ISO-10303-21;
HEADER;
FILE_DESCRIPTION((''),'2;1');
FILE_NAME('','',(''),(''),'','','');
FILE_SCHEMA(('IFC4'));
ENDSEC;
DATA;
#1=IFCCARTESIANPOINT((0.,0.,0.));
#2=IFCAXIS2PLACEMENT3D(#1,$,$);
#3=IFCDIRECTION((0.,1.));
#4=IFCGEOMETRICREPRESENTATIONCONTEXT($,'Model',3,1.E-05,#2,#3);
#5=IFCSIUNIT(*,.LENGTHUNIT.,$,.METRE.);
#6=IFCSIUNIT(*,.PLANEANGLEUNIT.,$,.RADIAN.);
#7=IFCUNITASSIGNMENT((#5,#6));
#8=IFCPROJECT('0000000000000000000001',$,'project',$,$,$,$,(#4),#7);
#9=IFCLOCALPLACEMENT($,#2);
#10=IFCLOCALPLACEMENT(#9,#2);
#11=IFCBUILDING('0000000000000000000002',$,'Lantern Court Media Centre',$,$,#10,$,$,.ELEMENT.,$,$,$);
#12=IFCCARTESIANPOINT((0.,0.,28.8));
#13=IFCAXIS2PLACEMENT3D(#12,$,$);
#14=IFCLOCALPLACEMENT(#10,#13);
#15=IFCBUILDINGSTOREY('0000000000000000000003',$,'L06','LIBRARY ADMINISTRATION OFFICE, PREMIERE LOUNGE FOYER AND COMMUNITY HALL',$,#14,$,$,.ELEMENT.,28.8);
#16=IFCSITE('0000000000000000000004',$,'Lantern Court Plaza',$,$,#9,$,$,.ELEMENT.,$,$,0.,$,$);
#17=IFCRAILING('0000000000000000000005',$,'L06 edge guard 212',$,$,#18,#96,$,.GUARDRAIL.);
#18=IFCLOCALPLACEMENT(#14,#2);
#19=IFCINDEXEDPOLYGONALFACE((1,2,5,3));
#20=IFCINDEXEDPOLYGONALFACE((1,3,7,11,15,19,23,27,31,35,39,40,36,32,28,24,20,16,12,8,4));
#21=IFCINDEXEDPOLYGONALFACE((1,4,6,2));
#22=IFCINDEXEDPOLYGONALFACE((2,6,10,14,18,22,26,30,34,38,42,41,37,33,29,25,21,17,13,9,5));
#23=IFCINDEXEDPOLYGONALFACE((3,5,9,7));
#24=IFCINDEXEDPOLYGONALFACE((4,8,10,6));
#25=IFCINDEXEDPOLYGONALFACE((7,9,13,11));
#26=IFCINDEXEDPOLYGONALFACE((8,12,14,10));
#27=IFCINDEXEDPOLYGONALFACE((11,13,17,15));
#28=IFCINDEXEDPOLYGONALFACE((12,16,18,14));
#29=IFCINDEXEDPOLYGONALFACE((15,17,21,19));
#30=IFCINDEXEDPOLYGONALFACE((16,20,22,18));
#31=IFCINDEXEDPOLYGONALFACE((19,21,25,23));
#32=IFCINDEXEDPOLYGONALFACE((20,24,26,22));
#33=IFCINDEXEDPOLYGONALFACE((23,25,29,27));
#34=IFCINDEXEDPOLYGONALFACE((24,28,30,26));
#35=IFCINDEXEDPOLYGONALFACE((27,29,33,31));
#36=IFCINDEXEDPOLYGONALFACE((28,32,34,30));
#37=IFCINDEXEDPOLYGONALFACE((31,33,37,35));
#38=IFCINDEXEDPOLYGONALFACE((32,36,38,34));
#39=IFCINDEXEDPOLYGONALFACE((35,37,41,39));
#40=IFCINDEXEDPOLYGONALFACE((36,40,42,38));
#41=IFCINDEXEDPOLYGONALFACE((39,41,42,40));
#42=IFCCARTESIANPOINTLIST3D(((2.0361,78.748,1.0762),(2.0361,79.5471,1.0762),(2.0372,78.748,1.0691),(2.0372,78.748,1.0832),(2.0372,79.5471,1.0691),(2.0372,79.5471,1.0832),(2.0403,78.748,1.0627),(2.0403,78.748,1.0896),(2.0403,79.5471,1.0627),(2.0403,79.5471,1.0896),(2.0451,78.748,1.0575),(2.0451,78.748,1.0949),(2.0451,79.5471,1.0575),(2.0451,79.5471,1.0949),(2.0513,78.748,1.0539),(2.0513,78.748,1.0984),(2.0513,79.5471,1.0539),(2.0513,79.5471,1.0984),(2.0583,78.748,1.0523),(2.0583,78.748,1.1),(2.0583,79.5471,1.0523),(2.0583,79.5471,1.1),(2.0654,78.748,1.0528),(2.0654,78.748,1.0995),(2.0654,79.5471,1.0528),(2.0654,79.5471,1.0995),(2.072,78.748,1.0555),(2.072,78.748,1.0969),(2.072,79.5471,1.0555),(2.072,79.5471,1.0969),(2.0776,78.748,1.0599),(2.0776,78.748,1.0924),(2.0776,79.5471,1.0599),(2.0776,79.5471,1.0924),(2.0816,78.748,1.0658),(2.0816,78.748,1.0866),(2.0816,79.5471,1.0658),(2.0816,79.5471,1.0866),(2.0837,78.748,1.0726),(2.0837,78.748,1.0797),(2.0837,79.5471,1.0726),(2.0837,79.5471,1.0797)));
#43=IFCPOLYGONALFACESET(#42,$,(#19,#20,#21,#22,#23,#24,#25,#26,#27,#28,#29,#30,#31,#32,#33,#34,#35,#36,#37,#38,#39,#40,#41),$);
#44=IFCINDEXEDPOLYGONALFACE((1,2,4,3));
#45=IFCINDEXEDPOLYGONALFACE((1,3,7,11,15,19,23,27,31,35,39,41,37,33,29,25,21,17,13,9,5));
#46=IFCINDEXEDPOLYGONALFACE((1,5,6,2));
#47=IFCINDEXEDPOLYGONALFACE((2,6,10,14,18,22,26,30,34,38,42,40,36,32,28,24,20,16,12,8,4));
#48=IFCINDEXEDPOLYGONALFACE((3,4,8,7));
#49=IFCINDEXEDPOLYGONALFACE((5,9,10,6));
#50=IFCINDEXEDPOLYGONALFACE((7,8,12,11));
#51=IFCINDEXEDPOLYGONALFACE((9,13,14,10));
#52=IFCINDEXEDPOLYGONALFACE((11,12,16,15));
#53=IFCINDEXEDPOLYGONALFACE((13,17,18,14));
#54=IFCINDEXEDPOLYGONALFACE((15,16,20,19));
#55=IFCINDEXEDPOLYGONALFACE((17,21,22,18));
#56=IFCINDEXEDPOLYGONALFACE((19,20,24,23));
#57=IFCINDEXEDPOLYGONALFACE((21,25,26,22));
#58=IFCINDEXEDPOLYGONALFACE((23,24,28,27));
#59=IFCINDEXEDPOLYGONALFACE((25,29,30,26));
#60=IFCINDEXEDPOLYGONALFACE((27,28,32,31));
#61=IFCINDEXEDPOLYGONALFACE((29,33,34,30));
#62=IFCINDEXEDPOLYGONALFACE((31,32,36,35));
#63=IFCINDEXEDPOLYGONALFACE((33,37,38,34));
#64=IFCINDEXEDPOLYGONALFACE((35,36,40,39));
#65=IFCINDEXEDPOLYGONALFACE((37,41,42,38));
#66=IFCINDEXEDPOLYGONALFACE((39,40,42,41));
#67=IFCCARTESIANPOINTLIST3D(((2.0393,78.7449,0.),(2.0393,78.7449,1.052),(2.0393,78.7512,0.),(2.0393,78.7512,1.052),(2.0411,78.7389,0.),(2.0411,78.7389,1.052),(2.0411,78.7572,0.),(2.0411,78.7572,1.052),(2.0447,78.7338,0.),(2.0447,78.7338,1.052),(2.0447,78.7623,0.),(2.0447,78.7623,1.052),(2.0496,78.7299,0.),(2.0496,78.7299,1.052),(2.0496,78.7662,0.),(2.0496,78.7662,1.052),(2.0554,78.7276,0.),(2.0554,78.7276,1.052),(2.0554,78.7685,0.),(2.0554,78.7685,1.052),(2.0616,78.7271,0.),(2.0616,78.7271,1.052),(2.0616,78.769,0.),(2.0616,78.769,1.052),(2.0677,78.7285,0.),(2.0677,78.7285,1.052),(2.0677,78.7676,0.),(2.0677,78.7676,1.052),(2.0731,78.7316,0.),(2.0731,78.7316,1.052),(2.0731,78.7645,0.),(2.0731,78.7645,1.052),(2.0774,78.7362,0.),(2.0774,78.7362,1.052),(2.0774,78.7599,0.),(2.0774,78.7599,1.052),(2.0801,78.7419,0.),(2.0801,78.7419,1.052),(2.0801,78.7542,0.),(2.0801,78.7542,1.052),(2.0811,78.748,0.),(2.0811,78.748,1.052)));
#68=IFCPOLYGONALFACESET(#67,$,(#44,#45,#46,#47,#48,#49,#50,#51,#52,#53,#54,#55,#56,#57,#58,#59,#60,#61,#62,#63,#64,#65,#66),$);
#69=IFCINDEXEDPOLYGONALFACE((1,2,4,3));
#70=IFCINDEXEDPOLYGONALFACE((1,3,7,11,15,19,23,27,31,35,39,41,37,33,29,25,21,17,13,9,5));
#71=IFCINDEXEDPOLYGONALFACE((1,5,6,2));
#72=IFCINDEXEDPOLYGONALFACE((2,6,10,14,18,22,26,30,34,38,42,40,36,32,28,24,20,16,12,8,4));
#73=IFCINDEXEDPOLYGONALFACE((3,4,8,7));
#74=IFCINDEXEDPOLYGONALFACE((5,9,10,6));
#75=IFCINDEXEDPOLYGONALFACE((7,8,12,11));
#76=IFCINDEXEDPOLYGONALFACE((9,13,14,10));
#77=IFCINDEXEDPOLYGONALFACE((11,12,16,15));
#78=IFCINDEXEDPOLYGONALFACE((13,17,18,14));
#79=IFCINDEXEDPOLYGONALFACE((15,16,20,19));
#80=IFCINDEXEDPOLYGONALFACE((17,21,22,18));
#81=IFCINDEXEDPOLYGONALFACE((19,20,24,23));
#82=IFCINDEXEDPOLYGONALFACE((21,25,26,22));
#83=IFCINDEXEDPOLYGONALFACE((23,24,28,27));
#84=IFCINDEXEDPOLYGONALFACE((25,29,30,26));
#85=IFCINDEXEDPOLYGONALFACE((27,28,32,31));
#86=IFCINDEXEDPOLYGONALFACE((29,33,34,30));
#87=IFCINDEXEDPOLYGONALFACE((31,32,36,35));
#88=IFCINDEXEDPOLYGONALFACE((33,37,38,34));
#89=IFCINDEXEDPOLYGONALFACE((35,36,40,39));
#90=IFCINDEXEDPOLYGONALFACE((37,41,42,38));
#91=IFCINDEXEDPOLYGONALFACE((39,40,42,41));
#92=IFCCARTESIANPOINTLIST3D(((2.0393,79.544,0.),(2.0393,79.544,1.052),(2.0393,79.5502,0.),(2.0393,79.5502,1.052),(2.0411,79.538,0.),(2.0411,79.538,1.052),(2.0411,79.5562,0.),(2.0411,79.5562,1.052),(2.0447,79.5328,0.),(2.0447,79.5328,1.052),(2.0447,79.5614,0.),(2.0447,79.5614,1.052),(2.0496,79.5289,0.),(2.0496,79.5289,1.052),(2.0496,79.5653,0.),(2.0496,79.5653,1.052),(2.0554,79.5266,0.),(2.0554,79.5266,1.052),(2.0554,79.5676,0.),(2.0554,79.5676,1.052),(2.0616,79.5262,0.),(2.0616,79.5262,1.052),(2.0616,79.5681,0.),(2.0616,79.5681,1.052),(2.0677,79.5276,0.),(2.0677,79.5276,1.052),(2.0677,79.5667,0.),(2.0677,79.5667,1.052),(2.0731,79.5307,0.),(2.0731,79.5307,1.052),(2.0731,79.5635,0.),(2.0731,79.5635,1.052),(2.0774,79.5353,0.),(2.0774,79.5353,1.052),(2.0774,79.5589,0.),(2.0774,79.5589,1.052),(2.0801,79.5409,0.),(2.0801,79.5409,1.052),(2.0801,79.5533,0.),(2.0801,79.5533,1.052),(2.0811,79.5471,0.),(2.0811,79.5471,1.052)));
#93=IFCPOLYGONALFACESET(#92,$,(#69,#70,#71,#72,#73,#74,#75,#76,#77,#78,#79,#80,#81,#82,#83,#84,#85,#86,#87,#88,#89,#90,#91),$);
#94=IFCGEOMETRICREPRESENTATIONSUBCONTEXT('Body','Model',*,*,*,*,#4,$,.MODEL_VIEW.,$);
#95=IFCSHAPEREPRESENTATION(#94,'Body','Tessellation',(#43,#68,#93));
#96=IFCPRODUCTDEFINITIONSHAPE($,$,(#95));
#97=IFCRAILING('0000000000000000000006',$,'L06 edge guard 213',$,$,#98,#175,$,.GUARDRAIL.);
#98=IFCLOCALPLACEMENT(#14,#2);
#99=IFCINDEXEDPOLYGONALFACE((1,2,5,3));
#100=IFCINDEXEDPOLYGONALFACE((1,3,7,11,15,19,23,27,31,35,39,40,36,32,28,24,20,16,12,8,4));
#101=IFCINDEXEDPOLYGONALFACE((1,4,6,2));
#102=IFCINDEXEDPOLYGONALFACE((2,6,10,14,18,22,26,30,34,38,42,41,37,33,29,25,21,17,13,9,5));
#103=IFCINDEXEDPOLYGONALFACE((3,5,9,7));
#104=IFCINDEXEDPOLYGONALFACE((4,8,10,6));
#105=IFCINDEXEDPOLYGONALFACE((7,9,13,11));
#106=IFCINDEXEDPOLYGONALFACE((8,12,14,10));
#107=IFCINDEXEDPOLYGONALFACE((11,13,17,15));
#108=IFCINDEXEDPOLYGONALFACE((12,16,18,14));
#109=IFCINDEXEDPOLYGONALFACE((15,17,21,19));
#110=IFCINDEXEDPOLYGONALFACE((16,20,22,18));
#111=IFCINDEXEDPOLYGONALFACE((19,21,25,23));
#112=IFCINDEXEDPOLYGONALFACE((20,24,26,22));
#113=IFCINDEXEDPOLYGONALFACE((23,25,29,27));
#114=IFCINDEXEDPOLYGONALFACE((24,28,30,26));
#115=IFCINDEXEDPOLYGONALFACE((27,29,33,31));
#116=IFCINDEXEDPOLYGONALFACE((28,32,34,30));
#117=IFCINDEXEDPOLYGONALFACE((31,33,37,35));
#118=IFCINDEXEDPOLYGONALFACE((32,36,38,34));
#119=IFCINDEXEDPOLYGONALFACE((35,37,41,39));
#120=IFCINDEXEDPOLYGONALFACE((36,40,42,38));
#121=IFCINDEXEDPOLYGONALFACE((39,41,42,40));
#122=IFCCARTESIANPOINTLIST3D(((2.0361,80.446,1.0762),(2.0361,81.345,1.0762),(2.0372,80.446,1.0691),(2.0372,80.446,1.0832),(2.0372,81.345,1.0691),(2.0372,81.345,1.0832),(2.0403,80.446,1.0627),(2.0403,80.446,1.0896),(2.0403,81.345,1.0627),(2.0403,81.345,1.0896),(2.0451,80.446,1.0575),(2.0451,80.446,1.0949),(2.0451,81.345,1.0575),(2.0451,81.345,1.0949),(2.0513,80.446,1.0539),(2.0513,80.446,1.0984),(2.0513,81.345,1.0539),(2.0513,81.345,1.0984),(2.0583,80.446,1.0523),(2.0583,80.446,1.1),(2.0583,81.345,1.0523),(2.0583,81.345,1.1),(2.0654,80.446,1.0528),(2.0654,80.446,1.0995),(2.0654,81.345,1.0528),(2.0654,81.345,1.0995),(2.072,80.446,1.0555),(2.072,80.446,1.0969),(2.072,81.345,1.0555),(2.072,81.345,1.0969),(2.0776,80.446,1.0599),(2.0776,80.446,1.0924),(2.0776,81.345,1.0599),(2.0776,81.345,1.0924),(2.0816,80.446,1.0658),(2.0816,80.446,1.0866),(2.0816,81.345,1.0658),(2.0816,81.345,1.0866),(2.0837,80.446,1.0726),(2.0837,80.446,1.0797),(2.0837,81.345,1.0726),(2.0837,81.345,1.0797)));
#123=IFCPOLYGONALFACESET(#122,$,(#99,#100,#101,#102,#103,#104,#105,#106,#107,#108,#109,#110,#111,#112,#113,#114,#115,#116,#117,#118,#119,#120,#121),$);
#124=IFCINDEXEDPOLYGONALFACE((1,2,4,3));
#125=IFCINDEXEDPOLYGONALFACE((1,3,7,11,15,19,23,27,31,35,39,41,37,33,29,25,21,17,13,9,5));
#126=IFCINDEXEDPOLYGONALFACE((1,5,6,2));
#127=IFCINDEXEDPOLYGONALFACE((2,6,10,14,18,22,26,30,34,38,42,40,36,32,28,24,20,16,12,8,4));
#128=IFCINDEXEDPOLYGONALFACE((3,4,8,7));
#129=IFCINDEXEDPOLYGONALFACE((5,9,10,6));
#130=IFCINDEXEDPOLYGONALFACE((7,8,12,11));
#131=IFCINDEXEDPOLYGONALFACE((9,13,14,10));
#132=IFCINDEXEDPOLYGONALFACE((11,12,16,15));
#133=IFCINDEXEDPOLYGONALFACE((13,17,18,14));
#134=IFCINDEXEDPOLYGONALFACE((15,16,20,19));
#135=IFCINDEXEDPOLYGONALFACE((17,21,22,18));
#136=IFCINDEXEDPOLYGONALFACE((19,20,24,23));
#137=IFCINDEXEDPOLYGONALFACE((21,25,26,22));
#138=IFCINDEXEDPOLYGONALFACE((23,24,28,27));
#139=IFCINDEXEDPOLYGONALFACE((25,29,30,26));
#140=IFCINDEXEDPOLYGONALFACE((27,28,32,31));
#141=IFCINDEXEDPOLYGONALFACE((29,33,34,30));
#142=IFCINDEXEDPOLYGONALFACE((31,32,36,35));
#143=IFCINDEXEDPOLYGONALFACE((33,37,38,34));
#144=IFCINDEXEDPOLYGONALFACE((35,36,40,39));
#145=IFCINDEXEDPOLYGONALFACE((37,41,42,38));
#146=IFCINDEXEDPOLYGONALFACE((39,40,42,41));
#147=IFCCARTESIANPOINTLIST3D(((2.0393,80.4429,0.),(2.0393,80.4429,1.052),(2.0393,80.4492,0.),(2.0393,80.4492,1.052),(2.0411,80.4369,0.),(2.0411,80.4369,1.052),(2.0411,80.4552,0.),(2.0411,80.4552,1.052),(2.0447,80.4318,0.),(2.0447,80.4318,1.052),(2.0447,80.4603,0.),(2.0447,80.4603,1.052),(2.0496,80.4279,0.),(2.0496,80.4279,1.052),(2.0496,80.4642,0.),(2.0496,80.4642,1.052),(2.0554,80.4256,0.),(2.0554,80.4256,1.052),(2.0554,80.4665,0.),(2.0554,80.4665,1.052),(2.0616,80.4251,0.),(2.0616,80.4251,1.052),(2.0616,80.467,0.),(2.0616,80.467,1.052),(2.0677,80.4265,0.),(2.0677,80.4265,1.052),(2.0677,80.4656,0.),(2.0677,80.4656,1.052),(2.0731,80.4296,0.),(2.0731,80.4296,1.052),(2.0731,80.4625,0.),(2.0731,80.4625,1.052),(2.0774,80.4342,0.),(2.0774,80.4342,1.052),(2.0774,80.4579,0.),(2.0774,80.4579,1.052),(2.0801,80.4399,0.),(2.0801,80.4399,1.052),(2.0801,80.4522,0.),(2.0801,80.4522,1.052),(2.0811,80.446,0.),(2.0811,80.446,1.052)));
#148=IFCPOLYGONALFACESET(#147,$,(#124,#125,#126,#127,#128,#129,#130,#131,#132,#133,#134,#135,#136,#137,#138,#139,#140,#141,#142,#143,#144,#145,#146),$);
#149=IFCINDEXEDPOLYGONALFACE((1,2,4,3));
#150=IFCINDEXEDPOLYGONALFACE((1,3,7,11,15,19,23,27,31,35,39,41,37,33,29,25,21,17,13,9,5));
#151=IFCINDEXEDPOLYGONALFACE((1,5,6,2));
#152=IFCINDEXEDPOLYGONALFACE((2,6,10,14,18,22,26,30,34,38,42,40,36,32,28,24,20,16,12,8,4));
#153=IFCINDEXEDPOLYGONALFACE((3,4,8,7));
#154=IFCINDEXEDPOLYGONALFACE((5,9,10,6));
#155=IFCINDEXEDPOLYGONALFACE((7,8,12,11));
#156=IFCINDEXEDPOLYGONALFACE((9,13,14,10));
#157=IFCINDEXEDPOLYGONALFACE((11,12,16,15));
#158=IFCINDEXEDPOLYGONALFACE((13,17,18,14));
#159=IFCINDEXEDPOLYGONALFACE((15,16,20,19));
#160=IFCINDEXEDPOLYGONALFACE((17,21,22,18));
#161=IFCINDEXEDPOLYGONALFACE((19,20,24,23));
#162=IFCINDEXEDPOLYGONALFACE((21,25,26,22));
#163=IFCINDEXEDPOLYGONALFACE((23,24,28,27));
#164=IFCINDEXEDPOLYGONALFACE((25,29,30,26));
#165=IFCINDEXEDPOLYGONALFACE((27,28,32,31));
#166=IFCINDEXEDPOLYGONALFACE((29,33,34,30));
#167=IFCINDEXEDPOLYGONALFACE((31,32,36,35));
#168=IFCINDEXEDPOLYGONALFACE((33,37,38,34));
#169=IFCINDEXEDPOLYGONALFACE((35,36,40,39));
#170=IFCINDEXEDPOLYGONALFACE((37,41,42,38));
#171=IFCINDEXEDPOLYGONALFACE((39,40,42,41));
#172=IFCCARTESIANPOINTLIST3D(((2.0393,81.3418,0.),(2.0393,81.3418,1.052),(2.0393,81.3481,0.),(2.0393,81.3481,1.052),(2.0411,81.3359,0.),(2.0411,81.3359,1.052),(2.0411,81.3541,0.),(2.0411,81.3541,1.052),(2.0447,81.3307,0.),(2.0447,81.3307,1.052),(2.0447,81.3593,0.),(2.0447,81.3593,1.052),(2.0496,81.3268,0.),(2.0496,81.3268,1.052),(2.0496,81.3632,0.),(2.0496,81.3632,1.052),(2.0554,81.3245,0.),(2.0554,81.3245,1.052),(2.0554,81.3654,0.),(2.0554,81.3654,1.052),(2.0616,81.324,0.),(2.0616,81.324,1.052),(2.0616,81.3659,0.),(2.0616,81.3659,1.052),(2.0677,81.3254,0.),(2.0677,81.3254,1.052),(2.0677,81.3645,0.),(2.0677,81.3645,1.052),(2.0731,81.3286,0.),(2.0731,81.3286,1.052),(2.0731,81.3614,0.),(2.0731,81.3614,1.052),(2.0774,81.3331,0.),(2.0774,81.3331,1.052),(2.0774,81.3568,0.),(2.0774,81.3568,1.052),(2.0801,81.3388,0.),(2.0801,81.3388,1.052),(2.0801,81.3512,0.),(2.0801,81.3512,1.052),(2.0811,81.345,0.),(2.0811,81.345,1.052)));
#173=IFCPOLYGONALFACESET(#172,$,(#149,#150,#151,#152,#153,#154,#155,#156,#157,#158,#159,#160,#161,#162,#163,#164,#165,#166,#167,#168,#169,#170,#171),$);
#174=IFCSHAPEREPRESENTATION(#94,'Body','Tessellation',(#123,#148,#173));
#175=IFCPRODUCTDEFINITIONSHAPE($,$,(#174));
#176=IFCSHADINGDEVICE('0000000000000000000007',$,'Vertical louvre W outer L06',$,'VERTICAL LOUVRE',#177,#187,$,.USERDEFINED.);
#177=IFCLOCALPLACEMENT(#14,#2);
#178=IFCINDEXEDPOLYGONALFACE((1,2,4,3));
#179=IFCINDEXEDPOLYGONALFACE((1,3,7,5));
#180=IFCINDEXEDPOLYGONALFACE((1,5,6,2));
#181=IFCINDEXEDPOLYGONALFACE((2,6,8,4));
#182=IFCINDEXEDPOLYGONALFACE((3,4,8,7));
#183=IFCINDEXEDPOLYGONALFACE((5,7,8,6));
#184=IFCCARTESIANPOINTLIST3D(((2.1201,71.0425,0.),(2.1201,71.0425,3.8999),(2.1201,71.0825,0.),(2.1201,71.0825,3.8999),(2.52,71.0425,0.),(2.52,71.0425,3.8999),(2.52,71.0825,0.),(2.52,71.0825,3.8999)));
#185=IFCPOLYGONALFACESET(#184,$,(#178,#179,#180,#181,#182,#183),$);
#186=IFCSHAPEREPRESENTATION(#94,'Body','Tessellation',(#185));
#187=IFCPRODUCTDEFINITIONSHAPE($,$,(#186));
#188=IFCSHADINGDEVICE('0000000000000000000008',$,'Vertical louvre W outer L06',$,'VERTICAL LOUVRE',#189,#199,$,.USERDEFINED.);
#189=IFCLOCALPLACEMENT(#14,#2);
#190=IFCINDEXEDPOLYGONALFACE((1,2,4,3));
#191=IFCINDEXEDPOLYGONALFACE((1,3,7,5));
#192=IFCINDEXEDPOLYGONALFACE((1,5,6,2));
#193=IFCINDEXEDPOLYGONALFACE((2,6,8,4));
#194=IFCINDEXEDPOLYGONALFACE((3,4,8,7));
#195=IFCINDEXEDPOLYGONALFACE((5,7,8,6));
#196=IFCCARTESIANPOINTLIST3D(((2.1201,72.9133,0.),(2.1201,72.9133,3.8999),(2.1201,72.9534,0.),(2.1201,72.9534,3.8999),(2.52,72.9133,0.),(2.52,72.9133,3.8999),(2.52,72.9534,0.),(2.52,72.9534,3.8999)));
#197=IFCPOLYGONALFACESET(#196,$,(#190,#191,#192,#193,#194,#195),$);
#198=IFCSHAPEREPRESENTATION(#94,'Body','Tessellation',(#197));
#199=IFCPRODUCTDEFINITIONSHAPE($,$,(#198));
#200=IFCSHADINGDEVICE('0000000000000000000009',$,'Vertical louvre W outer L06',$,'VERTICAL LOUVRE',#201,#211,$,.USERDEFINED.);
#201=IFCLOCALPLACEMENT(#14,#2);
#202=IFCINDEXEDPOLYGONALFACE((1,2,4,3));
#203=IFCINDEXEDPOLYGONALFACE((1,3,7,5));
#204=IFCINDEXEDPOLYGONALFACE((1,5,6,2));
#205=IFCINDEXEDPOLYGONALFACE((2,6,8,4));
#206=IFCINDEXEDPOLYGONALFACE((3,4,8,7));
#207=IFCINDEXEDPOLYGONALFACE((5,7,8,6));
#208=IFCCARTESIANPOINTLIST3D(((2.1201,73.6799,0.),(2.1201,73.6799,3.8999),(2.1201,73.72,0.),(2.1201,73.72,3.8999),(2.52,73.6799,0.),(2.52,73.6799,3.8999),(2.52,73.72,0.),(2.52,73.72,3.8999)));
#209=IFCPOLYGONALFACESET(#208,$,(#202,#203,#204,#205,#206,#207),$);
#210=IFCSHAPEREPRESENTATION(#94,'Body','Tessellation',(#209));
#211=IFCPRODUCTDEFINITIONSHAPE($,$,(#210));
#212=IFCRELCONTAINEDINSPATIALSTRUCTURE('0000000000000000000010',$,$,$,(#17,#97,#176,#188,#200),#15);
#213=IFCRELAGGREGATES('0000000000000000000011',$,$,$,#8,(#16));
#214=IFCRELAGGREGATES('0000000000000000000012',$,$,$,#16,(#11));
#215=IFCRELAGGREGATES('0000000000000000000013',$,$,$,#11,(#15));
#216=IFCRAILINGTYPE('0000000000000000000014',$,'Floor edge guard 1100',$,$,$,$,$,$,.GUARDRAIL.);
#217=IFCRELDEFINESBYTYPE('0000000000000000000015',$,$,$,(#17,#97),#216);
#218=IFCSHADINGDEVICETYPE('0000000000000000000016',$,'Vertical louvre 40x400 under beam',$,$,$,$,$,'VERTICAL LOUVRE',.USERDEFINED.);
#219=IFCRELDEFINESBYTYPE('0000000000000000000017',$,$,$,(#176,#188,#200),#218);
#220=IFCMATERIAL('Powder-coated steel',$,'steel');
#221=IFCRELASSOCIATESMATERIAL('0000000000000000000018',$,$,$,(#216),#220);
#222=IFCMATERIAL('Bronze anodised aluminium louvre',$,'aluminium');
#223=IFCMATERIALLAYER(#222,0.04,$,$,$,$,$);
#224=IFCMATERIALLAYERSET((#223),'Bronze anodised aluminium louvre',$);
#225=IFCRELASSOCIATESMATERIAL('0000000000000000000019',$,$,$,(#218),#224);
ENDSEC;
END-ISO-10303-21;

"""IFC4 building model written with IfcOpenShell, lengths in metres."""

from ifc_helpers import new_model, si_unit, direction, frame, origin, origin_2d, place, context, subcontext, project, spatial, rectangle, circle, extrude, material, layer, layer_set, type_object, element, save


model = new_model("IFC4")

# Units and contexts
model_context = context("Model", 3, precision=1e-05, world=origin(), true_north=direction((0.0, 1.0)))
body_context = subcontext(model_context, "Body", "Model", "MODEL_VIEW")
ifc_project = project(units=[si_unit("LENGTHUNIT", "METRE"), si_unit("PLANEANGLEUNIT", "RADIAN")], contexts=[model_context])

# Site, building, storey
site_placement = place(None, origin())
site = spatial("IfcSite", under=ifc_project, at=site_placement, Name="Lantern Court Plaza", CompositionType="ELEMENT", RefElevation=0.0)
building_placement = place(site_placement, origin())
building = spatial("IfcBuilding", under=site, at=building_placement, Name="Lantern Court Media Centre", CompositionType="ELEMENT")
storey_placement = place(building_placement, frame((0.0, 0.0, 28.8)))
storey = spatial("IfcBuildingStorey", under=building, at=storey_placement, Name="L06", Description="LIBRARY ADMINISTRATION OFFICE, PREMIERE LOUNGE FOYER AND COMMUNITY HALL", CompositionType="ELEMENT", Elevation=28.8)

# Railings
ifc_material_1 = material(Name="Powder-coated steel", Category="steel")
railing_type = type_object("IfcRailingType", Name="Floor edge guard 1100", PredefinedType="GUARDRAIL", material=ifc_material_1)
railing_1_placement = place(storey_placement, frame((2.0601, 78.748, 0.0)))
element("IfcRailing", 1, at=railing_1_placement, inside=storey, type_object=railing_type, Name="L06 edge guard 212", PredefinedType="GUARDRAIL", context=body_context, shape_type="SweptSolid", body=[
    extrude(circle(Radius=0.0239, at=origin_2d()), frame((0.0, 0.0, 1.0762), z_axis=(0.0, 1.0, 0.0), x_axis=(-1.0, 0.0, 0.0)), (0.0, 0.0, 1.0), 0.7991),
    extrude(circle(Radius=0.021, at=origin_2d()), origin(), (0.0, 0.0, 1.0), 1.052),
    extrude(circle(Radius=0.021, at=origin_2d()), frame((0.0, 0.7991, 0.0)), (0.0, 0.0, 1.0), 1.052),
])
railing_2_placement = place(storey_placement, frame((2.0601, 80.446, 0.0)))
element("IfcRailing", 2, at=railing_2_placement, inside=storey, type_object=railing_type, Name="L06 edge guard 213", PredefinedType="GUARDRAIL", context=body_context, shape_type="SweptSolid", body=[
    extrude(circle(Radius=0.0239, at=origin_2d()), frame((0.0, 0.0, 1.0762), z_axis=(0.0, 1.0, 0.0), x_axis=(-1.0, 0.0, 0.0)), (0.0, 0.0, 1.0), 0.8989),
    extrude(circle(Radius=0.021, at=origin_2d()), origin(), (0.0, 0.0, 1.0), 1.052),
    extrude(circle(Radius=0.021, at=origin_2d()), frame((0.0, 0.8989, 0.0)), (0.0, 0.0, 1.0), 1.052),
])

# Shading devices
ifc_material_2 = material(Name="Bronze anodised aluminium louvre", Category="aluminium")
ifc_layer_1 = layer(ifc_material_2, 0.04)
ifc_layer_set_1 = layer_set([ifc_layer_1], Name="Bronze anodised aluminium louvre")
shading_device_type = type_object("IfcShadingDeviceType", Name="Vertical louvre 40x400 under beam", ElementType="VERTICAL LOUVRE", PredefinedType="USERDEFINED", material=ifc_layer_set_1)
for number, where, z_axis, x_axis, name in (
    (3, (2.3201, 71.0625, 0.0), (0.0, 0.0, 1.0), (1.0, 0.0, 0.0), "Vertical louvre W outer L06"),
    (4, (2.3201, 72.9333, 0.0), (0.0, 0.0, 1.0), (1.0, 0.0, 0.0), "Vertical louvre W outer L06"),
    (5, (2.3201, 73.7, 0.0), (0.0, 0.0, 1.0), (1.0, 0.0, 0.0), "Vertical louvre W outer L06"),
):
    element("IfcShadingDevice", number, at=place(storey_placement, frame(where, z_axis=z_axis, x_axis=x_axis)), inside=storey, type_object=shading_device_type, Name=name, ObjectType="VERTICAL LOUVRE", PredefinedType="USERDEFINED", context=body_context, shape_type="SweptSolid", body=[
        extrude(rectangle(XDim=0.3999, YDim=0.04, at=origin_2d()), origin(), (0.0, 0.0, 1.0), 3.8999),
    ])

save(model, "model.ifc")
